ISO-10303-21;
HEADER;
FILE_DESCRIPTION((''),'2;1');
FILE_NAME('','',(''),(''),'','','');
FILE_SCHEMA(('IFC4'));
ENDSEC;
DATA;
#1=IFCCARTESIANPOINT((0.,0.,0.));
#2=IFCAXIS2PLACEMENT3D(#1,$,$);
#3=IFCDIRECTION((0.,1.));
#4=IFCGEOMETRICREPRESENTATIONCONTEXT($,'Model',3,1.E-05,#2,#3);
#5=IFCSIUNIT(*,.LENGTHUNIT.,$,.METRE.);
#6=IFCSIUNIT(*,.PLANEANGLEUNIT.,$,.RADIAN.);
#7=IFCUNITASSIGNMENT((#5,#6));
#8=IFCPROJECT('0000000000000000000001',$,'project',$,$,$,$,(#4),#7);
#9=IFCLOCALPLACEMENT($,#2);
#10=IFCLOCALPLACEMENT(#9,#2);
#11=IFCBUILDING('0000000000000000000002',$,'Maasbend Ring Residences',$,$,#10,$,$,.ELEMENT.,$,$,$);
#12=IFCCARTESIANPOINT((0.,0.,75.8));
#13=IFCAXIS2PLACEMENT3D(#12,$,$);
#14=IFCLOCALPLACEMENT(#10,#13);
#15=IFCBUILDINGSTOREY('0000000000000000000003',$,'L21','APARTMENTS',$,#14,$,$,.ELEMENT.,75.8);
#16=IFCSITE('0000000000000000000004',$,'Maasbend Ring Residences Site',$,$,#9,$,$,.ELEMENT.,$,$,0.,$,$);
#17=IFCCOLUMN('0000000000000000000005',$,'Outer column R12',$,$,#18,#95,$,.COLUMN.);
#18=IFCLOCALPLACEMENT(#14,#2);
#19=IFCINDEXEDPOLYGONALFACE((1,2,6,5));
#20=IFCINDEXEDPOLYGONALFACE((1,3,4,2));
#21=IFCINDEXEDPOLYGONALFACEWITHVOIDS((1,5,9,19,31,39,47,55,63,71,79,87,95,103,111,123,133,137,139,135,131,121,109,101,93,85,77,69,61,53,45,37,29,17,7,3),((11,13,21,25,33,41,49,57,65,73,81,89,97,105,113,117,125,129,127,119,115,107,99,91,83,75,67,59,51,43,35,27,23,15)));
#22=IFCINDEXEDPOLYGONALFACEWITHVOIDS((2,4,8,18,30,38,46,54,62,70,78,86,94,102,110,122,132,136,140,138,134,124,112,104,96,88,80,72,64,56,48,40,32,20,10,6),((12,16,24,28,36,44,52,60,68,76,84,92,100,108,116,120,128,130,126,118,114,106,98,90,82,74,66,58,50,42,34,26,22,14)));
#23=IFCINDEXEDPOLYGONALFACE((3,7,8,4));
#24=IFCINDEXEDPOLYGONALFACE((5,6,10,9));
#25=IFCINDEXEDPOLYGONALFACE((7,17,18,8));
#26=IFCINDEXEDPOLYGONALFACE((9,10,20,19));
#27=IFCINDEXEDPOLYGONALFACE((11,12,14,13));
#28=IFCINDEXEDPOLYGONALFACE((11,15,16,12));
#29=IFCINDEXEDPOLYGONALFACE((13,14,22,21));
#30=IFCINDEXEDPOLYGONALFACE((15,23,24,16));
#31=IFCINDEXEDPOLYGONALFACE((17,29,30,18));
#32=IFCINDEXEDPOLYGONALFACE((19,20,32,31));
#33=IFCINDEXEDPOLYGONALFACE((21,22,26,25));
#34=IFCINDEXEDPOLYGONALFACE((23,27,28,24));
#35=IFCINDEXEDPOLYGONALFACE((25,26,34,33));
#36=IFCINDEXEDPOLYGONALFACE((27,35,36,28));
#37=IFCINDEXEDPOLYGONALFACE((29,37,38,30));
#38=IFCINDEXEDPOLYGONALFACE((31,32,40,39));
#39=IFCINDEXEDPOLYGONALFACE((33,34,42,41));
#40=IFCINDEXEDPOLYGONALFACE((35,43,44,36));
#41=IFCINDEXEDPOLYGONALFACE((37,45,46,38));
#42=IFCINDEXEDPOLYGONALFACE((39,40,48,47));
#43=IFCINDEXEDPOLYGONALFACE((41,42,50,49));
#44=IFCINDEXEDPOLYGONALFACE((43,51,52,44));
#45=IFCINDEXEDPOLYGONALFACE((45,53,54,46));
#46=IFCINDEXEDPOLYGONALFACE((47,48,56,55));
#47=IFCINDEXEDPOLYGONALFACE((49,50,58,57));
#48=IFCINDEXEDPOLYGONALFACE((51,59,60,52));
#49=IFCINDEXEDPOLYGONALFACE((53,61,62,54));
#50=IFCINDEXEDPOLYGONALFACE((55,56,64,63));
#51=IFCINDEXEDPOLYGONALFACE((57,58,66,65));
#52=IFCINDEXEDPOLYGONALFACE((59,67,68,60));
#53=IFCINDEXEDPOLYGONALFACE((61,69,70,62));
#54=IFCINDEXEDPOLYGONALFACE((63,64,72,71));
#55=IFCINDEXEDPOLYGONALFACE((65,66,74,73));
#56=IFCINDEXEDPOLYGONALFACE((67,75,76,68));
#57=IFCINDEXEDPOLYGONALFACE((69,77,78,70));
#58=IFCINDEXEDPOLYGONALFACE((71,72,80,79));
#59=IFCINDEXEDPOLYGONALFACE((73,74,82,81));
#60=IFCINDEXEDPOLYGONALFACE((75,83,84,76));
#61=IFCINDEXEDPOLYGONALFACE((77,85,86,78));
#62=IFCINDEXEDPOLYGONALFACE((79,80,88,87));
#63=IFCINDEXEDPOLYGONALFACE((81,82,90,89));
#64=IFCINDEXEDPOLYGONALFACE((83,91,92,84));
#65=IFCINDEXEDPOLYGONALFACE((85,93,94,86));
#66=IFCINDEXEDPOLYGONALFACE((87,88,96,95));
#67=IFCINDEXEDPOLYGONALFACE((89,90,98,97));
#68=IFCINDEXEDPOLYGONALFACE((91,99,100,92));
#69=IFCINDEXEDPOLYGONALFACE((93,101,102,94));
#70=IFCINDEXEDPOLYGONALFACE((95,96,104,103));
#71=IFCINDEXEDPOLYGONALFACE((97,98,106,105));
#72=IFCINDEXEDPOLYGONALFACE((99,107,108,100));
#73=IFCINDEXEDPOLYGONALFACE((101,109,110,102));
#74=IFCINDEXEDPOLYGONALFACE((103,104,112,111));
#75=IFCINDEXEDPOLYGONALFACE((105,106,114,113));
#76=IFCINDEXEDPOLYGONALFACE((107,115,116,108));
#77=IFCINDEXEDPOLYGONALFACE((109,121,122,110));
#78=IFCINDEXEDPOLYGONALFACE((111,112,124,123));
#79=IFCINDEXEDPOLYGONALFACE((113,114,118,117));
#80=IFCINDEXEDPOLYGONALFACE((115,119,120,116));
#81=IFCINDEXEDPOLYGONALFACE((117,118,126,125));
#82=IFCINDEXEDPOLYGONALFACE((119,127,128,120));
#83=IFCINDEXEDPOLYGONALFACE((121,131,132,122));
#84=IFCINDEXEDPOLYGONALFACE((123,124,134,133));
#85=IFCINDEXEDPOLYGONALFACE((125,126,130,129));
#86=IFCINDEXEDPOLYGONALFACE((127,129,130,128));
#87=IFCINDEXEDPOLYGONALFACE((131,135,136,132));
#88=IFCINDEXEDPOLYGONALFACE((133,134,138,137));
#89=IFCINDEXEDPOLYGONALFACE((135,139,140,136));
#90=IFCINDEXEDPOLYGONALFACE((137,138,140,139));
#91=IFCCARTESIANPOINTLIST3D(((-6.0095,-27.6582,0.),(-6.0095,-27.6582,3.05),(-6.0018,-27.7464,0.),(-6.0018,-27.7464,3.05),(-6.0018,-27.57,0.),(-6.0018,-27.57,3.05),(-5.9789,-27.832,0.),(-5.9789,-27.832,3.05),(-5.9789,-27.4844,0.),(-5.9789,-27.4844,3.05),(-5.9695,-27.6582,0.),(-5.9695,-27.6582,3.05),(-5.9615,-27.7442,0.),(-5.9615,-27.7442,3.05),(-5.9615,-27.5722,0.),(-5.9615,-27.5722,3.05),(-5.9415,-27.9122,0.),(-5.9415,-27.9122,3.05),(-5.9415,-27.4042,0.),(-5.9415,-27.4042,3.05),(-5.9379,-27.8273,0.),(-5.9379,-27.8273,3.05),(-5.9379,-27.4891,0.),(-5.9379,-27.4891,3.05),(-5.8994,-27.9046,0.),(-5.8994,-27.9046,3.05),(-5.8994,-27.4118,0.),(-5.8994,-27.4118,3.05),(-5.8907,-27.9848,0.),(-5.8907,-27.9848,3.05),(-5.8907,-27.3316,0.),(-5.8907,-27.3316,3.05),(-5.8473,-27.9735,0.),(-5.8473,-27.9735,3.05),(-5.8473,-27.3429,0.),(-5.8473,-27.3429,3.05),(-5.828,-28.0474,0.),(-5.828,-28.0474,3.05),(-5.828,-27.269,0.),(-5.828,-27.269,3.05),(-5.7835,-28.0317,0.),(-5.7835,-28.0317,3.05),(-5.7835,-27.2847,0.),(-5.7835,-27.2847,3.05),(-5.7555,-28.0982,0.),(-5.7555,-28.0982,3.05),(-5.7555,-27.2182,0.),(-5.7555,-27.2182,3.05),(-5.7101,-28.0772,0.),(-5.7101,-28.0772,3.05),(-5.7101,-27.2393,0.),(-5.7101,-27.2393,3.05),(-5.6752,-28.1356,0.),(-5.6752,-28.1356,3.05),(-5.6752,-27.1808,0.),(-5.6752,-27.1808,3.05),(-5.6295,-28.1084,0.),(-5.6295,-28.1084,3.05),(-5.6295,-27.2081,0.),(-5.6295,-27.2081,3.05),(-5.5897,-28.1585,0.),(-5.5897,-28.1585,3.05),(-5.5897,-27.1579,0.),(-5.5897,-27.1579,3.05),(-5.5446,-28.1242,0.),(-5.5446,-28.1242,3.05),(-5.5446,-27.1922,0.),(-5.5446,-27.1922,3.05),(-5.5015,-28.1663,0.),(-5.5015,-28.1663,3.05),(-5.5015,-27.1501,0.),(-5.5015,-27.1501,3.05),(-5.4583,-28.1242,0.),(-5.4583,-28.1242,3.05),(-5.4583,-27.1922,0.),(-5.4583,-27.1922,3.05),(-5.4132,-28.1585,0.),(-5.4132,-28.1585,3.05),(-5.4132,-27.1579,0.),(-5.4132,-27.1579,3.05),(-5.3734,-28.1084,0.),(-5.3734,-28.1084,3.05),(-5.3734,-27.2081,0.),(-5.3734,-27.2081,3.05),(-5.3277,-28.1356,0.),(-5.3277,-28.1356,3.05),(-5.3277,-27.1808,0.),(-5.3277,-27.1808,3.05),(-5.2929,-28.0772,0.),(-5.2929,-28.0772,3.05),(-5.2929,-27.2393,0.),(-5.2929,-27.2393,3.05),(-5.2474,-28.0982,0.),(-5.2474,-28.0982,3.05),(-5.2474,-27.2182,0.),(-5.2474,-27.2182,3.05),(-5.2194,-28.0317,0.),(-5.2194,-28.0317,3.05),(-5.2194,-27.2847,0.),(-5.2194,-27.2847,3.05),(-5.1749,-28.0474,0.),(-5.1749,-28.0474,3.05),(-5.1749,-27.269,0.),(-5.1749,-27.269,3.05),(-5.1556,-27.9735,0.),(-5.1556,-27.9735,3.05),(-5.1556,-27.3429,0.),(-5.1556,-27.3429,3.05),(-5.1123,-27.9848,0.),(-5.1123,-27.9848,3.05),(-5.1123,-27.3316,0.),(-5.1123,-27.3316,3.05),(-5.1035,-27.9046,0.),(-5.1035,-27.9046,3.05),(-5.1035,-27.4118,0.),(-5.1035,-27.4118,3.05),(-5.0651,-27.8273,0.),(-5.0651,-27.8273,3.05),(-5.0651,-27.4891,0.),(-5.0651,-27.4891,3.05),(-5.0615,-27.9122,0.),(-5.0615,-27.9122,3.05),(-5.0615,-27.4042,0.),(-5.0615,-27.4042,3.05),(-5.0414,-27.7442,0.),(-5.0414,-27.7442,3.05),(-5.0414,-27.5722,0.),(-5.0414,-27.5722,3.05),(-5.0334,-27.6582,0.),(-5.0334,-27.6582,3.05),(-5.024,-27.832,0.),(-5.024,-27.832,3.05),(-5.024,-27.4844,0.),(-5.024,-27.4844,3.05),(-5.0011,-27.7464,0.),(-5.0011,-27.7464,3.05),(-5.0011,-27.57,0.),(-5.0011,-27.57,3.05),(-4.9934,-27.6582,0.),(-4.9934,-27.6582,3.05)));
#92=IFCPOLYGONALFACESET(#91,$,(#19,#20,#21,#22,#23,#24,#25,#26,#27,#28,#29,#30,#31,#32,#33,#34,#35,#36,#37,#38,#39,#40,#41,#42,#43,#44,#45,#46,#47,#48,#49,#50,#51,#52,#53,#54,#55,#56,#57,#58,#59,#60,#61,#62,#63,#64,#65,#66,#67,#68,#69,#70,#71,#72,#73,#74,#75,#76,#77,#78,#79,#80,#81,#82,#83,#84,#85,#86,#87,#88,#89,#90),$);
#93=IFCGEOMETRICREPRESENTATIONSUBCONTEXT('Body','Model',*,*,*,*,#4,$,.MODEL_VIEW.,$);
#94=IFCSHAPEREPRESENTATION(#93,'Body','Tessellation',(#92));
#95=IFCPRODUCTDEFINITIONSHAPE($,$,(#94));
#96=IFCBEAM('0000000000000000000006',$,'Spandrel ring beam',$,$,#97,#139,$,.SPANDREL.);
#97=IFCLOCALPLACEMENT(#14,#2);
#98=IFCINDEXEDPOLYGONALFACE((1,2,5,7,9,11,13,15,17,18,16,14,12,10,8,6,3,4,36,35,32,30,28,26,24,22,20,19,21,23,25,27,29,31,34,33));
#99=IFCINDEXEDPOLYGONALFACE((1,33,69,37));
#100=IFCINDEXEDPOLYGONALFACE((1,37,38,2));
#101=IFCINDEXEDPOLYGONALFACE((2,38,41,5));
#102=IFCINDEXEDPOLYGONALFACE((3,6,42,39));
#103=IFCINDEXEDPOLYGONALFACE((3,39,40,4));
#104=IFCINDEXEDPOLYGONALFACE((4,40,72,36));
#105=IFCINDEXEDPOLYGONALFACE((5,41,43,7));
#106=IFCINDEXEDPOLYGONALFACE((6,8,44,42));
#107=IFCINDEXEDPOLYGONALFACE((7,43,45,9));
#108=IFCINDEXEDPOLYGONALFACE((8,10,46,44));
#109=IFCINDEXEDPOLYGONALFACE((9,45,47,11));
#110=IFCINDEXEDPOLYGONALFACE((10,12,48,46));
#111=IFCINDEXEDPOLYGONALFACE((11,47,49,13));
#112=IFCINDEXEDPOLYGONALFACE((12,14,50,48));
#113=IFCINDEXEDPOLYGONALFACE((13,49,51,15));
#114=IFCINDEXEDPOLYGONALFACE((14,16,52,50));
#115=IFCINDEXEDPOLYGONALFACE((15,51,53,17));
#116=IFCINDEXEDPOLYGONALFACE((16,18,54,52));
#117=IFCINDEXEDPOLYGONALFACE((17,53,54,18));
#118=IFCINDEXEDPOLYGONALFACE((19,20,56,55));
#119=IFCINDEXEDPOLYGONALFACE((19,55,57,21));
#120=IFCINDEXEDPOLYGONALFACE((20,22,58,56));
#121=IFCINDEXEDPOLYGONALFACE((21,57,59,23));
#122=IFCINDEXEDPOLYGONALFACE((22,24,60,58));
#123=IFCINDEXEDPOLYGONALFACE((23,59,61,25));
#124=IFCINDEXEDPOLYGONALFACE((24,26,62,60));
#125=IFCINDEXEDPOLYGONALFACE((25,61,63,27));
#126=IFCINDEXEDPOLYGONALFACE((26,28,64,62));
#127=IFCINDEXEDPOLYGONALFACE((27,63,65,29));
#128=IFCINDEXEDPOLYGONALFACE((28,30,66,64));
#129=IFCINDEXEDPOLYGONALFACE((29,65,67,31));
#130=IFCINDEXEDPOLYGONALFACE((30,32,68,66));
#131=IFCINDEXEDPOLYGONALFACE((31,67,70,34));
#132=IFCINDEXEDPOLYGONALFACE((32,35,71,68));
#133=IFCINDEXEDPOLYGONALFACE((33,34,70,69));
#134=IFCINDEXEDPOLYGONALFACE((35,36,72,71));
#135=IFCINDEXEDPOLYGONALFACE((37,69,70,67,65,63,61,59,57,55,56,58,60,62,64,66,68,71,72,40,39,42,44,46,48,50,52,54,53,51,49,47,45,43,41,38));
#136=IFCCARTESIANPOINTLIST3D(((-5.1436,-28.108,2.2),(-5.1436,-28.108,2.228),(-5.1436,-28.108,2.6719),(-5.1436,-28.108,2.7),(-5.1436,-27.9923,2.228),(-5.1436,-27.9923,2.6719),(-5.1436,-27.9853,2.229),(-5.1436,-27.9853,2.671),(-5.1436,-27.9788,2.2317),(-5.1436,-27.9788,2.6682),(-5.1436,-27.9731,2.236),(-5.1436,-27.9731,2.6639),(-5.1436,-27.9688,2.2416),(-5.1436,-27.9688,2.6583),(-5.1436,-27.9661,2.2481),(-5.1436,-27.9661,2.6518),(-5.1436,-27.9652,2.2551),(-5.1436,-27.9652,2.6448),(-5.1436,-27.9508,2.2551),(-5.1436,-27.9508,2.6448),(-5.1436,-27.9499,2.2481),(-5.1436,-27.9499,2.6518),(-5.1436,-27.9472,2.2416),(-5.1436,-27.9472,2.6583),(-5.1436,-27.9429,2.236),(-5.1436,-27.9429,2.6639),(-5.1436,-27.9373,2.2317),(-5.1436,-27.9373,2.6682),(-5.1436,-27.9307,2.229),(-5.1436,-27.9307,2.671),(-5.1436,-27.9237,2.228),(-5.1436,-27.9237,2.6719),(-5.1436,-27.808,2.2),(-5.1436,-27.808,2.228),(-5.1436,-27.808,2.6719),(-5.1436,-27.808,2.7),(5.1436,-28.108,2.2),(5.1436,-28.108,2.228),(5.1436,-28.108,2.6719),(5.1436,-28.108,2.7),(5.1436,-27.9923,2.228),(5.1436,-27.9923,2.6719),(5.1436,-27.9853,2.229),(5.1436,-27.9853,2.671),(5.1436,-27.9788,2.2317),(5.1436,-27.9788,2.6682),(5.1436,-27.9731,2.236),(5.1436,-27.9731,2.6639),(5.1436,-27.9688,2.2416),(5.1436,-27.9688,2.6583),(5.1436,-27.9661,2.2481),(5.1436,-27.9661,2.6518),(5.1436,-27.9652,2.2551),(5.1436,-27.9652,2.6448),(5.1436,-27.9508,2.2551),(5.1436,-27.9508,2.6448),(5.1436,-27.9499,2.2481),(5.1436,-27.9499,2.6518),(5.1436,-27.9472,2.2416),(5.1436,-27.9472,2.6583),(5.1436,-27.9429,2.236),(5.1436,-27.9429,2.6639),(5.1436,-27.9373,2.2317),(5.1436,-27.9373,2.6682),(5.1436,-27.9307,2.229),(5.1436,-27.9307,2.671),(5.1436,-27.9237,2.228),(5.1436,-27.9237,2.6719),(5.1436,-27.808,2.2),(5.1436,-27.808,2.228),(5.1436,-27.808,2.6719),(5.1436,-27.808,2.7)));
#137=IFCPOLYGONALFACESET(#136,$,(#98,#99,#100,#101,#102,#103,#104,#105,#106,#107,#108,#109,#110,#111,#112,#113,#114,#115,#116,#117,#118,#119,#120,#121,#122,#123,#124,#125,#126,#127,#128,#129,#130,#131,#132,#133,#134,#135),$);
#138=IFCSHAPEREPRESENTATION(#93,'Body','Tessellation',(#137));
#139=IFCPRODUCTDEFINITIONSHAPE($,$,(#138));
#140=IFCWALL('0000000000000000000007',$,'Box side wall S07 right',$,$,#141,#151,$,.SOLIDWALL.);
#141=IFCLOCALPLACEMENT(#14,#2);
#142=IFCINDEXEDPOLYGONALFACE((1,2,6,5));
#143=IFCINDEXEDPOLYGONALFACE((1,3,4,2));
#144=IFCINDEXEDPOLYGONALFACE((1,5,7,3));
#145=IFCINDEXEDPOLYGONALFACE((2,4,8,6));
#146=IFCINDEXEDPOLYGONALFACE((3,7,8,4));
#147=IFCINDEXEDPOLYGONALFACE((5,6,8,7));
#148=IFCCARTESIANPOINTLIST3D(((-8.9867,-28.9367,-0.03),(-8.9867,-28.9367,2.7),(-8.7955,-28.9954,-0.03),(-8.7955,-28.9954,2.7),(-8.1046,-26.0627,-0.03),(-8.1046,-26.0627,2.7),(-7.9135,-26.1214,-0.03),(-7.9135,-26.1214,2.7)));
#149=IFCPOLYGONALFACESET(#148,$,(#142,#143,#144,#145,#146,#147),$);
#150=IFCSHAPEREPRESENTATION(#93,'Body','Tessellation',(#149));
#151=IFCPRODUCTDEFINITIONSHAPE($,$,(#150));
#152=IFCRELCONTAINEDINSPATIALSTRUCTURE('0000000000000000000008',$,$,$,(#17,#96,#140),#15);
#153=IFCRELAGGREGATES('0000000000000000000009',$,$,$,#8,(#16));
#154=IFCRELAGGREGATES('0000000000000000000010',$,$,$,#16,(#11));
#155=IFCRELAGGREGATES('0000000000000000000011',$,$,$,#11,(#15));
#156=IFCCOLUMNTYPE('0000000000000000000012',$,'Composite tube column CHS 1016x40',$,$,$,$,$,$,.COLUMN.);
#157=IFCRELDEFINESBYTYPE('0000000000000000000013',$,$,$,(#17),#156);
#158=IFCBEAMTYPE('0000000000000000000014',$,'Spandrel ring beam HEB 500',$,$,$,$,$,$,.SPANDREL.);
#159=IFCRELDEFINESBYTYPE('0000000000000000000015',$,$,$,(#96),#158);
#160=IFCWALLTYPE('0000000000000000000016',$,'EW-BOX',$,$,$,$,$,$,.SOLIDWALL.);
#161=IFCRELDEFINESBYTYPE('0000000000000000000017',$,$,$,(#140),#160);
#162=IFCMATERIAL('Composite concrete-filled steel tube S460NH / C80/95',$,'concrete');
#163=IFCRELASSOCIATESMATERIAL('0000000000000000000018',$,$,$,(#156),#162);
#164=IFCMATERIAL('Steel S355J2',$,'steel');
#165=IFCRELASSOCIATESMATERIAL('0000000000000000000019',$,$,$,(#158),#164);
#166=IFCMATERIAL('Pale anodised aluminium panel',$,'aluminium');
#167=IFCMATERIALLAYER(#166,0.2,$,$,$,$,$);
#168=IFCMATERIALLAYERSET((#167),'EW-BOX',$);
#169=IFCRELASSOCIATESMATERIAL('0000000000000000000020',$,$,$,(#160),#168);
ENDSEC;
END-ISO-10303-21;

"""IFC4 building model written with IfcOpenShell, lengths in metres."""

from ifc_helpers import new_model, si_unit, direction, frame, frame_2d, origin, origin_2d, place, context, subcontext, project, spatial, rectangle, hollow_circle, i_section, extrude, material, layer, layer_set, material_profile, profile_set, type_object, element, save


model = new_model("IFC4")

# Units and contexts
model_context = context("Model", 3, precision=1e-05, world=origin(), true_north=direction((0.0, 1.0)))
body_context = subcontext(model_context, "Body", "Model", "MODEL_VIEW")
ifc_project = project(units=[si_unit("LENGTHUNIT", "METRE"), si_unit("PLANEANGLEUNIT", "RADIAN")], contexts=[model_context])

# Site, building, storey
site_placement = place(None, origin())
site = spatial("IfcSite", under=ifc_project, at=site_placement, Name="Maasbend Ring Residences Site", CompositionType="ELEMENT", RefElevation=0.0)
building_placement = place(site_placement, origin())
building = spatial("IfcBuilding", under=site, at=building_placement, Name="Maasbend Ring Residences", CompositionType="ELEMENT")
storey_placement = place(building_placement, frame((0.0, 0.0, 75.8)))
storey = spatial("IfcBuildingStorey", under=building, at=storey_placement, Name="L21", Description="APARTMENTS", CompositionType="ELEMENT", Elevation=75.8)

# Column
ifc_material_1 = material(Name="Composite concrete-filled steel tube S460NH / C80/95", Category="concrete")
ifc_material_profile_1 = material_profile(ifc_material_1, hollow_circle(Radius=0.5081, WallThickness=0.04, at=origin_2d()), Name="Composite tube column CHS 1016x40")
ifc_profile_set_1 = profile_set([ifc_material_profile_1], Name="Composite concrete-filled steel tube S460NH / C80/95")
column_type = type_object("IfcColumnType", Name="Composite tube column CHS 1016x40", PredefinedType="COLUMN", material=ifc_profile_set_1)
column_placement = place(storey_placement, frame((-5.5015, -27.6582, 0.0), z_axis=(0.0, 0.0, 1.0), x_axis=(1.0, 0.0, 0.0)))
element("IfcColumn", 1, at=column_placement, inside=storey, type_object=column_type, Name="Outer column R12", PredefinedType="COLUMN", context=body_context, shape_type="SweptSolid", body=[
    extrude(hollow_circle(Radius=0.5081, WallThickness=0.04, at=origin_2d()), origin(), (0.0, 0.0, 1.0), 3.05),
])

# Beam
ifc_material_2 = material(Name="Steel S355J2", Category="steel")
ifc_material_profile_2 = material_profile(ifc_material_2, i_section(OverallWidth=0.3, OverallDepth=0.5, WebThickness=0.0144, FlangeThickness=0.0281, FilletRadius=0.0271, at=origin_2d()), Name="HEB 500")
ifc_profile_set_2 = profile_set([ifc_material_profile_2], Name="Steel S355J2")
beam_type = type_object("IfcBeamType", Name="Spandrel ring beam HEB 500", PredefinedType="SPANDREL", material=ifc_profile_set_2)
beam_placement = place(storey_placement, frame((-5.1436, -27.958, 2.45), z_axis=(1.0, 0.0, 0.0), x_axis=(0.0, 1.0, 0.0)))
element("IfcBeam", 2, at=beam_placement, inside=storey, type_object=beam_type, Name="Spandrel ring beam", PredefinedType="SPANDREL", context=body_context, shape_type="SweptSolid", body=[
    extrude(i_section(OverallWidth=0.3, OverallDepth=0.5, WebThickness=0.0144, FlangeThickness=0.0281, FilletRadius=0.0271, at=origin_2d()), origin(), (0.0, 0.0, 1.0), 10.2871),
])

# Wall
ifc_material_3 = material(Name="Pale anodised aluminium panel", Category="aluminium")
ifc_layer_1 = layer(ifc_material_3, 0.2)
ifc_layer_set_1 = layer_set([ifc_layer_1], Name="EW-BOX")
wall_type_1 = type_object("IfcWallType", Name="EW-BOX", PredefinedType="SOLIDWALL", material=ifc_layer_set_1)
wall_1_placement = place(storey_placement, frame((-8.009, -26.092, -0.03), z_axis=(0.0, 0.0, 1.0), x_axis=(-0.293407, -0.955988, 0.0)))
element("IfcWall", 3, at=wall_1_placement, inside=storey, type_object=wall_type_1, Name="Box side wall S07 right", PredefinedType="SOLIDWALL", context=body_context, shape_type="SweptSolid", body=[
    extrude(rectangle(XDim=3.0063, YDim=0.2, at=frame_2d((1.5032, 0.0))), origin(), (0.0, 0.0, 1.0), 2.73),
])

save(model, "model.ifc")
